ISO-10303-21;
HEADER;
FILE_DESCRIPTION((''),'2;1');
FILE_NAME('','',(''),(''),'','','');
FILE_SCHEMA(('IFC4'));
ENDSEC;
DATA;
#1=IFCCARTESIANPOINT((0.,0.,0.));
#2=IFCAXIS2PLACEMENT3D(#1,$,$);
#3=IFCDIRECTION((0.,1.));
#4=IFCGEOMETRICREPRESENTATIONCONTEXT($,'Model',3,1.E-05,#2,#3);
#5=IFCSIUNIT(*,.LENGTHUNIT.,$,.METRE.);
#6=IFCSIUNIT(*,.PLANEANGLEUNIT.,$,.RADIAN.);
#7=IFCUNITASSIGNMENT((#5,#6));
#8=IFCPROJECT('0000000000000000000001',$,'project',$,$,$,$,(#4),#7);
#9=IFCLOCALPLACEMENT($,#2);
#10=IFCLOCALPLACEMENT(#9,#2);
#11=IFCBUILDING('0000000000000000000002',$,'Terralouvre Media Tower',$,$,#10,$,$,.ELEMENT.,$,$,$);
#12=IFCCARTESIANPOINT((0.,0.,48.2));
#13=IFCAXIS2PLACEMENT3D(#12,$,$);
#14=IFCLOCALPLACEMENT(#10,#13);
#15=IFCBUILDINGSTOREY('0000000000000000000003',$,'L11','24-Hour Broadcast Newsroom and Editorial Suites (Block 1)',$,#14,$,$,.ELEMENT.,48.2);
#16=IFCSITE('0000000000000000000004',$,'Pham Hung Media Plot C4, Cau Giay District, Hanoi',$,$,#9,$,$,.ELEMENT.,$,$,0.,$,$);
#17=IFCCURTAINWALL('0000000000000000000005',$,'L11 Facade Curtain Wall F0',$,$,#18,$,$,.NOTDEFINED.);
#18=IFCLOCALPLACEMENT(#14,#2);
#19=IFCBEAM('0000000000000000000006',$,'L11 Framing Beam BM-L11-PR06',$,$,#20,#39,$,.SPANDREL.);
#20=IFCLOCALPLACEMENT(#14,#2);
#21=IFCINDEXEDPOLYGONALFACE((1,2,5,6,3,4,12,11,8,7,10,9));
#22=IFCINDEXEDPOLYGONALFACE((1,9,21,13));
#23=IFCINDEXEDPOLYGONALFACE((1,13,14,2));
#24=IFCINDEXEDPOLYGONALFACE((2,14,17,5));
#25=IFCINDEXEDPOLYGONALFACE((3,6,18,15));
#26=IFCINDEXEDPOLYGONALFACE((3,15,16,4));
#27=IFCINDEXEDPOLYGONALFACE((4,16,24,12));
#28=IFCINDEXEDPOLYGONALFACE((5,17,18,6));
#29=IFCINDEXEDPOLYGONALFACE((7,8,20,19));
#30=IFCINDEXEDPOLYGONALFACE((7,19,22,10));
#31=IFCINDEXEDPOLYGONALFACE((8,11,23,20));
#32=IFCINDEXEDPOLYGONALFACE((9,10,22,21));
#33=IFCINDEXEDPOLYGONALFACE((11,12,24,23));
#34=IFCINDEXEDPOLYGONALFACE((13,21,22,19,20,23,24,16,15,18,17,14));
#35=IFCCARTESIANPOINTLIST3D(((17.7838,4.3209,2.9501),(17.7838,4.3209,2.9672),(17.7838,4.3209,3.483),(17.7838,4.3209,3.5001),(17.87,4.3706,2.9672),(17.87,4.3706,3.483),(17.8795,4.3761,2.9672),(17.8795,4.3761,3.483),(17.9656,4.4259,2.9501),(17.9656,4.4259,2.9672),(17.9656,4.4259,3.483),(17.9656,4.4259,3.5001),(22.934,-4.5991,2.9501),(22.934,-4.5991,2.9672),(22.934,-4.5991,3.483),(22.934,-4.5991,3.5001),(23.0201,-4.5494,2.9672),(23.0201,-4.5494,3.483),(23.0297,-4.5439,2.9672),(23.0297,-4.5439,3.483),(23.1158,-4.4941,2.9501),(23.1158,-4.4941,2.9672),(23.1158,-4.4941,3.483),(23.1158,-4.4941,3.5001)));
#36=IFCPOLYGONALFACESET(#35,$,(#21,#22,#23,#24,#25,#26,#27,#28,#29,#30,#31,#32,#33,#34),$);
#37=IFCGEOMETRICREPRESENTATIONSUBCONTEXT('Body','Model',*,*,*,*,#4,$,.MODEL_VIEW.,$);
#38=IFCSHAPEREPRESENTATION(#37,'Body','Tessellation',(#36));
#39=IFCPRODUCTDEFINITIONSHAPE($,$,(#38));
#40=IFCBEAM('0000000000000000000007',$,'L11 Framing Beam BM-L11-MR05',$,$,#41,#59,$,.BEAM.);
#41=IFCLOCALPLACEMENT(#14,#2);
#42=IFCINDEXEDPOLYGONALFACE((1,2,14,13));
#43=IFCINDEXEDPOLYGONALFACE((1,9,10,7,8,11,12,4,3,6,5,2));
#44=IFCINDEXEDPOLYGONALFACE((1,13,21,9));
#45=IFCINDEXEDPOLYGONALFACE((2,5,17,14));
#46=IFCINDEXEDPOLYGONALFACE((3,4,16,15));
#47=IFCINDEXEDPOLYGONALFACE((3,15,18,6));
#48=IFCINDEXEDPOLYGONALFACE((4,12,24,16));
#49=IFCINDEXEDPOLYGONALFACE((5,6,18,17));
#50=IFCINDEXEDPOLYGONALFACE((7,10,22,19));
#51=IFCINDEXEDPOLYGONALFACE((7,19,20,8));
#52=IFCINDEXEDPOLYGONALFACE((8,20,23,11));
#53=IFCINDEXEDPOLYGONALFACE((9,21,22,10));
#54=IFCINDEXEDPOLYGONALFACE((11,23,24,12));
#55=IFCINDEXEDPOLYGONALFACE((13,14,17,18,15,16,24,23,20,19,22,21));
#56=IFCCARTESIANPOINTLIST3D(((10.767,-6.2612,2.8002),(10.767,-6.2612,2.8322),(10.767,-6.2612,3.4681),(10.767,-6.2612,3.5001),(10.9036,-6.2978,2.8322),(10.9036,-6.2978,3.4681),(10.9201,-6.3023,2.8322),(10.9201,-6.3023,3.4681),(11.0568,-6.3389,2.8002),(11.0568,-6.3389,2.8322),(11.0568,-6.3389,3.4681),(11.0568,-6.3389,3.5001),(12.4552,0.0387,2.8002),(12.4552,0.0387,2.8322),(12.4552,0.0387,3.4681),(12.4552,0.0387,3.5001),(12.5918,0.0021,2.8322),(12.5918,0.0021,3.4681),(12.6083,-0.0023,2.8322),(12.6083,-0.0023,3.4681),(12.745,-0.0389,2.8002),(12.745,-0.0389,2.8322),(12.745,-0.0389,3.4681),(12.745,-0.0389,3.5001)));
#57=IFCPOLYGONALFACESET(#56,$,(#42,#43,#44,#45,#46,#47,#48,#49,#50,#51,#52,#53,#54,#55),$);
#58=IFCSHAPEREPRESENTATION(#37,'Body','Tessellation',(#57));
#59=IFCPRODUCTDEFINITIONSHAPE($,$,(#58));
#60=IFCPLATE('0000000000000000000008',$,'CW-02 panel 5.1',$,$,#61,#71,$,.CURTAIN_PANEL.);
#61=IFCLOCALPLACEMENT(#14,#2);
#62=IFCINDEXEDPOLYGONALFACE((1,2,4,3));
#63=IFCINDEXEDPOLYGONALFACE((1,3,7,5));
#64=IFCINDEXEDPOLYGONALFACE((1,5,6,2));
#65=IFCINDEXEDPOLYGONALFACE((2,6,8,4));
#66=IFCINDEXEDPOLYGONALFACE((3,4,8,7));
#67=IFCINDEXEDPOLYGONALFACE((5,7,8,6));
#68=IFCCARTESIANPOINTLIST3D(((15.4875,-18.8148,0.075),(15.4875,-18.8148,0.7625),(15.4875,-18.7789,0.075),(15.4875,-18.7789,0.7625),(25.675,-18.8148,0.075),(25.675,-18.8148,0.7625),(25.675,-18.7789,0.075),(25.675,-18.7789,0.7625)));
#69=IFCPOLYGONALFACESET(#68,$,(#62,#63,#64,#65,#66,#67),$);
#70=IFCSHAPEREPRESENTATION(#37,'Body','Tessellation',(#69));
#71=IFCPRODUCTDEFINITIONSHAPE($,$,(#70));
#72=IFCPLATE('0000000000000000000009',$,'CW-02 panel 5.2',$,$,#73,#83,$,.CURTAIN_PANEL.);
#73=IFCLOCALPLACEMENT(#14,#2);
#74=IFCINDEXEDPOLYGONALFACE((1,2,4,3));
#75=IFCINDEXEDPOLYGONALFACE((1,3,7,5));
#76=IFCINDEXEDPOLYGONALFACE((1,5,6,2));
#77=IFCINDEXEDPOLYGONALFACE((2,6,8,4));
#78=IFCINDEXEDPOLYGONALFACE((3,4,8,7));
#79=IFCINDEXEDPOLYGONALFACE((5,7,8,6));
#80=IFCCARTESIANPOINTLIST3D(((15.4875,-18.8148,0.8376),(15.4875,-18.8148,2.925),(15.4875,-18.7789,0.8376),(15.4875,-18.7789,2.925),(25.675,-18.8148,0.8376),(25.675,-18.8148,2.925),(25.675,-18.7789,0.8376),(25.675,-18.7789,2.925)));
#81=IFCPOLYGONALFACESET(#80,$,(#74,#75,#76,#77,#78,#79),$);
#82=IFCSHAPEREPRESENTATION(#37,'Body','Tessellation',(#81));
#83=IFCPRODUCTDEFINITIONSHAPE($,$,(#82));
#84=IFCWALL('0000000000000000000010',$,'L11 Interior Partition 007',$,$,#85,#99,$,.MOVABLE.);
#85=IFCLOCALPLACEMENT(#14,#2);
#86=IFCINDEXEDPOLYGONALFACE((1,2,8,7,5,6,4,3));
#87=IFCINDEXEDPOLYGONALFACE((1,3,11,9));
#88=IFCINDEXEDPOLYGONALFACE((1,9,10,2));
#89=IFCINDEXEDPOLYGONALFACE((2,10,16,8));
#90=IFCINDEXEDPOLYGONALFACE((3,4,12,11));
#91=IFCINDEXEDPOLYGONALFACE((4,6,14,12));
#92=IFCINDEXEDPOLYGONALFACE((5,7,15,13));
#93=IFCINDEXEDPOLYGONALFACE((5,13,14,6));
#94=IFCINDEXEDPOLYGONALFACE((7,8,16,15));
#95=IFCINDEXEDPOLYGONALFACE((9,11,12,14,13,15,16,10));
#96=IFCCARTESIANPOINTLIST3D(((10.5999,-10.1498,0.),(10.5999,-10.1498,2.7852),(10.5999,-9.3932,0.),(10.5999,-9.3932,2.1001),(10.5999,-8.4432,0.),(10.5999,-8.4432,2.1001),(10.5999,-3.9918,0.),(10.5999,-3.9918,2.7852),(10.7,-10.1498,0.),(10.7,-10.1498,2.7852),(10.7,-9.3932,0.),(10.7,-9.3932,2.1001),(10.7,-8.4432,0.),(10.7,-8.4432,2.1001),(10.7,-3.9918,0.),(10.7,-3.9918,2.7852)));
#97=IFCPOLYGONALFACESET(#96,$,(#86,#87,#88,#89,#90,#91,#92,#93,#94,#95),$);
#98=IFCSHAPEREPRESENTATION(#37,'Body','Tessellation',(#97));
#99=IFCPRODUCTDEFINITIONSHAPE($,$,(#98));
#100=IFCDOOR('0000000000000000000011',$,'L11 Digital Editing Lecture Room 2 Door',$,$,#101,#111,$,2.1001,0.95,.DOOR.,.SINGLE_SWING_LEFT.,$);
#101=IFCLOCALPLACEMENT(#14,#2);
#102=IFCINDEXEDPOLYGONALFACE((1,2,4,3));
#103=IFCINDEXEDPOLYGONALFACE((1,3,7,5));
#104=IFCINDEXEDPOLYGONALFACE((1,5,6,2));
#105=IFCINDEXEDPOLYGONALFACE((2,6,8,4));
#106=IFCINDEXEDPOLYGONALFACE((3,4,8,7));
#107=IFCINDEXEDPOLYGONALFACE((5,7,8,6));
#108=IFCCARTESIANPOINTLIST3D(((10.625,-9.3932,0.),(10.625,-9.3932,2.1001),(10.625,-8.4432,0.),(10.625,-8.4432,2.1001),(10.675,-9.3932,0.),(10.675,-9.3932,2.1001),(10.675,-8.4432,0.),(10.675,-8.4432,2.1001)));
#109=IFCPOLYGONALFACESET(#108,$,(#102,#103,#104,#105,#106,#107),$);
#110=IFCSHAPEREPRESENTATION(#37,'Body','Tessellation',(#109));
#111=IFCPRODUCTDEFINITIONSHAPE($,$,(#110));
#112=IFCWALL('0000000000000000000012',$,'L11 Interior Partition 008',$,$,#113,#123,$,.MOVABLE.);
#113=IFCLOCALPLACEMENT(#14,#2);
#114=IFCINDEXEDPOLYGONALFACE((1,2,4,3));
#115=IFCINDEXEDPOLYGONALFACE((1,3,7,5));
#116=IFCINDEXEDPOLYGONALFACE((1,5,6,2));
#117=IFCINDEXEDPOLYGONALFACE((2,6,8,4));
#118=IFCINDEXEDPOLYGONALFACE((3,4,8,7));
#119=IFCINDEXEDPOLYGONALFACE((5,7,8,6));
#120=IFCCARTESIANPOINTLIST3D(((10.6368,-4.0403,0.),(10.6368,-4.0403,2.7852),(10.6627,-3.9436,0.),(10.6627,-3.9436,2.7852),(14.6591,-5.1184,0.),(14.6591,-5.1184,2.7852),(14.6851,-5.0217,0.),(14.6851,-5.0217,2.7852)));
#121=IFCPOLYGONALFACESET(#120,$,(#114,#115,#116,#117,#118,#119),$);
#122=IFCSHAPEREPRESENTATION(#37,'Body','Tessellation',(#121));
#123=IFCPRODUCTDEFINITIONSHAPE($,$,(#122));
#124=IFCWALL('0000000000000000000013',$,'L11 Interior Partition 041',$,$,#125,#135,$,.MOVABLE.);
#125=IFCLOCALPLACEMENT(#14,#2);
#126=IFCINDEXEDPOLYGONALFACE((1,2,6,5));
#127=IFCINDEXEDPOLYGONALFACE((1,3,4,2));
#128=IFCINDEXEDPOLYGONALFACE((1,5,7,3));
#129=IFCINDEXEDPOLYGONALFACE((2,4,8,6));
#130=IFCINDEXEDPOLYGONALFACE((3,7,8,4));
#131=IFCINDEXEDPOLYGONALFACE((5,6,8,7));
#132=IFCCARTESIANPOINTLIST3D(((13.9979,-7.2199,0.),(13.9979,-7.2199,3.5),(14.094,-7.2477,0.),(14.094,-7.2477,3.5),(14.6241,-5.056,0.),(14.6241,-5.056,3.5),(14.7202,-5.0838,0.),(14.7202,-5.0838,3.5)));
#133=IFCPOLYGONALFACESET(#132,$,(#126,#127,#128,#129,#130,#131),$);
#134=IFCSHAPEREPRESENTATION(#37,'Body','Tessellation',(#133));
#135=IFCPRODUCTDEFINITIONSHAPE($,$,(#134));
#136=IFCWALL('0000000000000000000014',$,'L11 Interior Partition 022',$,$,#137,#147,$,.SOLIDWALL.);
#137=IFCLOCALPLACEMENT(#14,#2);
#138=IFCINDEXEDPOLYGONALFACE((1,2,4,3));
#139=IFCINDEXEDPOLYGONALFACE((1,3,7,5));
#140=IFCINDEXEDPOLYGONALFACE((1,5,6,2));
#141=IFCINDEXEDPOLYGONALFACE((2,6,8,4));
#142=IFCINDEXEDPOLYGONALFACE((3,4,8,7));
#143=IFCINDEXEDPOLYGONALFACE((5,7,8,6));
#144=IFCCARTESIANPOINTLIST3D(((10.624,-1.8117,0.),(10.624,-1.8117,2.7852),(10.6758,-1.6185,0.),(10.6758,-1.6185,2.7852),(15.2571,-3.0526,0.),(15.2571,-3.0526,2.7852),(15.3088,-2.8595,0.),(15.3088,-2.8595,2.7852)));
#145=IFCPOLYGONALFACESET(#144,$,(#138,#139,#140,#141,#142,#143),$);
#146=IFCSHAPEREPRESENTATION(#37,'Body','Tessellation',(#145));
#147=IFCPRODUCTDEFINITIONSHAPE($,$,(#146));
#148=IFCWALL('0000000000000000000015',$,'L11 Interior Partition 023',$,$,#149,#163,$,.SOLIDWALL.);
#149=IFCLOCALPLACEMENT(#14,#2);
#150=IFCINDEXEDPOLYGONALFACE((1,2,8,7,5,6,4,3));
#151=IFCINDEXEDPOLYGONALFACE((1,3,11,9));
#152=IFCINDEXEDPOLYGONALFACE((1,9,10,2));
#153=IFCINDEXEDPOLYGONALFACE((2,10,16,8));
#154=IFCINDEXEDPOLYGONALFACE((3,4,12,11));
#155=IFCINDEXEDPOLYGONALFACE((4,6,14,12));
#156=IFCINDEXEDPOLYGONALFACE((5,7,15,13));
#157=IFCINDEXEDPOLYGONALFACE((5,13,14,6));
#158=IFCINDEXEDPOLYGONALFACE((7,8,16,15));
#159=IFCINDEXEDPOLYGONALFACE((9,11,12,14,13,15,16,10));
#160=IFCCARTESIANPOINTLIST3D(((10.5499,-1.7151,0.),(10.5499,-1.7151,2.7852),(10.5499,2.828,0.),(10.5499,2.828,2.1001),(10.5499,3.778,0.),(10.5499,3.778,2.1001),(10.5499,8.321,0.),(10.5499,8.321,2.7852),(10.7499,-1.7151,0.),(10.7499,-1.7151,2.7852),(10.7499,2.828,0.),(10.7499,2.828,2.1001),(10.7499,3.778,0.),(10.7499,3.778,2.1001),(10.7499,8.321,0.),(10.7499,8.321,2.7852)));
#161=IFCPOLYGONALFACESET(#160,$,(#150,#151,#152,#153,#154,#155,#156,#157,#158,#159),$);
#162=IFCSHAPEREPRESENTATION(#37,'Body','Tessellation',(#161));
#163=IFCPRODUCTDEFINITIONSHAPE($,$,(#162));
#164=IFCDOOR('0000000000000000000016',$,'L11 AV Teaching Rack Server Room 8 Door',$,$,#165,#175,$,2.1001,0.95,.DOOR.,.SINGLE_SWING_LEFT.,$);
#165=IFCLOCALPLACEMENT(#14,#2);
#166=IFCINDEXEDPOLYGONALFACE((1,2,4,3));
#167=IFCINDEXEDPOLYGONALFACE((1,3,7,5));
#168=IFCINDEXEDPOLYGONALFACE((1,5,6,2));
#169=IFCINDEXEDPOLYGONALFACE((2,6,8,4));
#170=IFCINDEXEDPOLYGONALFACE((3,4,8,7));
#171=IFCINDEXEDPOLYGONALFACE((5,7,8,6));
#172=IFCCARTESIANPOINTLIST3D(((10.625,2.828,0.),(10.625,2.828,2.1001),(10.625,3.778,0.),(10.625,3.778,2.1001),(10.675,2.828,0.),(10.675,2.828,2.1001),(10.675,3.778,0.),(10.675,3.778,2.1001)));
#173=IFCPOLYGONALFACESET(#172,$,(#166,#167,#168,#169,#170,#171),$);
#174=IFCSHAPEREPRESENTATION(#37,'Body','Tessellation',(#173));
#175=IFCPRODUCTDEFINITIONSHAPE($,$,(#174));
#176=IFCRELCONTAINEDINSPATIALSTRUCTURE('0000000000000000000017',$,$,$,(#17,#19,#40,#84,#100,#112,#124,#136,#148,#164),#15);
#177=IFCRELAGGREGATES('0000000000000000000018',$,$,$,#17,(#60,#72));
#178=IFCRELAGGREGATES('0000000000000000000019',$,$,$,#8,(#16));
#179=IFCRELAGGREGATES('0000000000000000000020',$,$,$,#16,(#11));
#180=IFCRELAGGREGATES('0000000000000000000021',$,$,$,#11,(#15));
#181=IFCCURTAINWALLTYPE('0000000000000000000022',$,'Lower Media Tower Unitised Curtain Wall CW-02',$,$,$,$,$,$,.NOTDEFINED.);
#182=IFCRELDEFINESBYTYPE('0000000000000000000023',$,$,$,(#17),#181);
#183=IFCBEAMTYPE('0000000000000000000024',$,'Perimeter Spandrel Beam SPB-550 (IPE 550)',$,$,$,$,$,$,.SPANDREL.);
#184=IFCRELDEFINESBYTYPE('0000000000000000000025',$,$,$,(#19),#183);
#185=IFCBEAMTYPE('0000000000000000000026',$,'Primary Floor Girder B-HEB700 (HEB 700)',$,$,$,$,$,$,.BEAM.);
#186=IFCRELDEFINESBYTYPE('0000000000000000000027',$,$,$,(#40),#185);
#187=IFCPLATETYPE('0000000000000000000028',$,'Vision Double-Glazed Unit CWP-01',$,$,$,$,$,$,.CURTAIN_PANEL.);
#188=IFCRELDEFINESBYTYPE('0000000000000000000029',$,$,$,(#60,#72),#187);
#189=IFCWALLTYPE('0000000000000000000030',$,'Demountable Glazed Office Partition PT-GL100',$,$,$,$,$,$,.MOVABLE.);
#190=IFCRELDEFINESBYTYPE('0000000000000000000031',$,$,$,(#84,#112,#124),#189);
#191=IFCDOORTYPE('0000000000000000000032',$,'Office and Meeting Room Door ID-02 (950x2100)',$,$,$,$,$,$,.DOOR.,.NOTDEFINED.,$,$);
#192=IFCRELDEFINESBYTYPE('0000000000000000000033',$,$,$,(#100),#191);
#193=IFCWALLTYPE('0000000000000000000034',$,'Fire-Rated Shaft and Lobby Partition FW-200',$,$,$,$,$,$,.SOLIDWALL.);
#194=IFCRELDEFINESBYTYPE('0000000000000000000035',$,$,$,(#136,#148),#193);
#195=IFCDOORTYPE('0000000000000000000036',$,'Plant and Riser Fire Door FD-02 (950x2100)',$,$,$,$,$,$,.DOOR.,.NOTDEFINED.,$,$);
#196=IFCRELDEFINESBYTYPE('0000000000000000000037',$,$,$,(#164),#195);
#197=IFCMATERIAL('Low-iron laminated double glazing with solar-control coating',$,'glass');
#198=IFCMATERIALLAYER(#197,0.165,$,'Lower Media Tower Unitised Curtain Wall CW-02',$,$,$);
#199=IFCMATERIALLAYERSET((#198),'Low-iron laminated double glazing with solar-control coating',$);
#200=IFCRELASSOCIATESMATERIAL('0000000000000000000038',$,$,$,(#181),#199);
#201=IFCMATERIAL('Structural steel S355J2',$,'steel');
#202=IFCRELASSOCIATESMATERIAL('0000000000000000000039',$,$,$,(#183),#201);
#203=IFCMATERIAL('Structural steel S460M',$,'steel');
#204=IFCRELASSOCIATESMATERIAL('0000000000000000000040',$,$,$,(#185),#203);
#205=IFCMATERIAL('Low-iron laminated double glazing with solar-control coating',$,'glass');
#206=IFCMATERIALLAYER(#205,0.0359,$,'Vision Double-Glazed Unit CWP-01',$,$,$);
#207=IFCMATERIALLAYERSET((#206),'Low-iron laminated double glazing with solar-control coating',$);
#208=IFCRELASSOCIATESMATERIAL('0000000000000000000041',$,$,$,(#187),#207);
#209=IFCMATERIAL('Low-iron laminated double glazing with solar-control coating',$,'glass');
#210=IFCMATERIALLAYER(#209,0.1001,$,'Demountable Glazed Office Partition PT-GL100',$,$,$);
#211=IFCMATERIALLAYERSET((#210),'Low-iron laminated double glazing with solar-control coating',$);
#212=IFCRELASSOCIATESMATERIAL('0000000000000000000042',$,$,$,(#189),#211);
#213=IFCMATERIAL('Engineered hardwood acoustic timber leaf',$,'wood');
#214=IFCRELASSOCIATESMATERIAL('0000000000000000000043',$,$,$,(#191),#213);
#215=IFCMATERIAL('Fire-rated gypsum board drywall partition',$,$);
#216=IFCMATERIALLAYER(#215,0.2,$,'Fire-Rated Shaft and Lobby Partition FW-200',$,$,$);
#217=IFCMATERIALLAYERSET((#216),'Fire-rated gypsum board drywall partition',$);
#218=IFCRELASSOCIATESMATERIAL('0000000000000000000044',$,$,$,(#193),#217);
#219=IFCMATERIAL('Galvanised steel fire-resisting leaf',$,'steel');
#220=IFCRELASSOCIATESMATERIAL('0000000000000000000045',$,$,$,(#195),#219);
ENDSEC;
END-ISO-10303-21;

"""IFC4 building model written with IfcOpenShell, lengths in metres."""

from ifc_helpers import new_model, si_unit, direction, frame, frame_2d, origin, origin_2d, place, context, subcontext, project, spatial, rectangle, i_section, extrude, material, layer, layer_set, material_profile, profile_set, type_object, element, fill, aggregate, save


model = new_model("IFC4")

# Units and contexts
model_context = context("Model", 3, precision=1e-05, world=origin(), true_north=direction((0.0, 1.0)))
body_context = subcontext(model_context, "Body", "Model", "MODEL_VIEW")
ifc_project = project(units=[si_unit("LENGTHUNIT", "METRE"), si_unit("PLANEANGLEUNIT", "RADIAN")], contexts=[model_context])

# Site, building, storey
site_placement = place(None, origin())
site = spatial("IfcSite", under=ifc_project, at=site_placement, Name="Pham Hung Media Plot C4, Cau Giay District, Hanoi", CompositionType="ELEMENT", RefElevation=0.0)
building_placement = place(site_placement, origin())
building = spatial("IfcBuilding", under=site, at=building_placement, Name="Terralouvre Media Tower", CompositionType="ELEMENT")
storey_placement = place(building_placement, frame((0.0, 0.0, 48.2)))
storey = spatial("IfcBuildingStorey", under=building, at=storey_placement, Name="L11", Description="24-Hour Broadcast Newsroom and Editorial Suites (Block 1)", CompositionType="ELEMENT", Elevation=48.2)

# Curtain wall
ifc_material_1 = material(Name="Low-iron laminated double glazing with solar-control coating", Category="glass")
ifc_layer_1 = layer(ifc_material_1, 0.165, Name="Lower Media Tower Unitised Curtain Wall CW-02")
ifc_layer_set_1 = layer_set([ifc_layer_1], Name="Low-iron laminated double glazing with solar-control coating")
curtain_wall_type = type_object("IfcCurtainWallType", Name="Lower Media Tower Unitised Curtain Wall CW-02", PredefinedType="NOTDEFINED", material=ifc_layer_set_1)
curtain_wall_1_placement = place(storey_placement, origin())
curtain_wall_1 = element("IfcCurtainWall", 1, at=curtain_wall_1_placement, inside=storey, type_object=curtain_wall_type, Name="L11 Facade Curtain Wall F0", PredefinedType="NOTDEFINED")

# Beams
ifc_material_2 = material(Name="Structural steel S355J2", Category="steel")
ifc_material_profile_1 = material_profile(ifc_material_2, i_section(OverallWidth=0.21, OverallDepth=0.55, WebThickness=0.011, FlangeThickness=0.0171, at=origin_2d()), Name="IPE 550")
ifc_profile_set_1 = profile_set([ifc_material_profile_1], Name="Structural steel S355J2")
beam_type_1 = type_object("IfcBeamType", Name="Perimeter Spandrel Beam SPB-550 (IPE 550)", PredefinedType="SPANDREL", material=ifc_profile_set_1)
beam_1_placement = place(storey_placement, frame((23.0249, -4.5466, 3.2251), z_axis=(-0.500017, 0.866016, 0.0), x_axis=(-0.866016, -0.500017, 0.0)))
element("IfcBeam", 2, at=beam_1_placement, inside=storey, type_object=beam_type_1, Name="L11 Framing Beam BM-L11-PR06", PredefinedType="SPANDREL", context=body_context, shape_type="SweptSolid", body=[
    extrude(i_section(OverallWidth=0.21, OverallDepth=0.55, WebThickness=0.011, FlangeThickness=0.0171, at=origin_2d()), origin(), (0.0, 0.0, 1.0), 10.3),
])
ifc_material_3 = material(Name="Structural steel S460M", Category="steel")
ifc_material_profile_2 = material_profile(ifc_material_3, i_section(OverallWidth=0.3, OverallDepth=0.7, WebThickness=0.0171, FlangeThickness=0.032, at=origin_2d()), Name="HEB 700")
ifc_profile_set_2 = profile_set([ifc_material_profile_2], Name="Structural steel S460M")
beam_type_2 = type_object("IfcBeamType", Name="Primary Floor Girder B-HEB700 (HEB 700)", PredefinedType="BEAM", material=ifc_profile_set_2)
beam_2_placement = place(storey_placement, frame((10.9119, -6.3, 3.1501), z_axis=(0.258839, 0.96592, 0.0), x_axis=(-0.96592, 0.258839, 0.0)))
element("IfcBeam", 3, at=beam_2_placement, inside=storey, type_object=beam_type_2, Name="L11 Framing Beam BM-L11-MR05", PredefinedType="BEAM", context=body_context, shape_type="SweptSolid", body=[
    extrude(i_section(OverallWidth=0.3, OverallDepth=0.7, WebThickness=0.0171, FlangeThickness=0.032, at=origin_2d()), origin(), (0.0, 0.0, 1.0), 6.5222),
])

# Plates
ifc_material_4 = material(Name="Low-iron laminated double glazing with solar-control coating", Category="glass")
ifc_layer_2 = layer(ifc_material_4, 0.0359, Name="Vision Double-Glazed Unit CWP-01")
ifc_layer_set_2 = layer_set([ifc_layer_2], Name="Low-iron laminated double glazing with solar-control coating")
plate_type = type_object("IfcPlateType", Name="Vision Double-Glazed Unit CWP-01", PredefinedType="CURTAIN_PANEL", material=ifc_layer_set_2)
plate_1_placement = place(storey_placement, frame((20.5813, -18.7969, 0.075), z_axis=(0.0, 0.0, 1.0), x_axis=(1.0, 0.0, 0.0)))
plate_1 = element("IfcPlate", 4, at=plate_1_placement, type_object=plate_type, Name="CW-02 panel 5.1", PredefinedType="CURTAIN_PANEL", context=body_context, shape_type="SweptSolid", body=[
    extrude(rectangle(XDim=10.1875, YDim=0.0359, at=origin_2d()), origin(), (0.0, 0.0, 1.0), 0.6875),
])
plate_2_placement = place(storey_placement, frame((20.5813, -18.7969, 0.8376), z_axis=(0.0, 0.0, 1.0), x_axis=(1.0, 0.0, 0.0)))
plate_2 = element("IfcPlate", 5, at=plate_2_placement, type_object=plate_type, Name="CW-02 panel 5.2", PredefinedType="CURTAIN_PANEL", context=body_context, shape_type="SweptSolid", body=[
    extrude(rectangle(XDim=10.1875, YDim=0.0359, at=origin_2d()), origin(), (0.0, 0.0, 1.0), 2.0874),
])
aggregate(curtain_wall_1, [plate_1, plate_2])

# Wall, opening, door
ifc_material_5 = material(Name="Low-iron laminated double glazing with solar-control coating", Category="glass")
ifc_layer_3 = layer(ifc_material_5, 0.1001, Name="Demountable Glazed Office Partition PT-GL100")
ifc_layer_set_3 = layer_set([ifc_layer_3], Name="Low-iron laminated double glazing with solar-control coating")
wall_type_1 = type_object("IfcWallType", Name="Demountable Glazed Office Partition PT-GL100", PredefinedType="MOVABLE", material=ifc_layer_set_3)
wall_1_placement = place(storey_placement, frame((10.6499, -10.1499, 0.0), z_axis=(0.0, 0.0, 1.0), x_axis=(0.0, 1.0, 0.0)))
wall_1 = element("IfcWall", 6, at=wall_1_placement, inside=storey, type_object=wall_type_1, Name="L11 Interior Partition 007", PredefinedType="MOVABLE", context=body_context, shape_type="SweptSolid", body=[
    extrude(rectangle(XDim=6.158, YDim=0.1001, at=frame_2d((3.0791, 0.0))), origin(), (0.0, 0.0, 1.0), 2.7852),
])
opening_1_placement = place(wall_1_placement, frame((0.7566, 0.0, 0.0)))
opening_1 = element("IfcOpeningElement", 7, at=opening_1_placement, cuts=wall_1, PredefinedType="OPENING", context=body_context, shape_type="SweptSolid", body=[
    extrude(rectangle(XDim=0.95, YDim=2.1001, at=frame_2d((0.4751, 1.05))), frame((0.0, 0.0601, 0.0), z_axis=(0.0, -1.0, 0.0), x_axis=(1.0, 0.0, 0.0)), (0.0, 0.0, 1.0), 0.1201),
])
ifc_material_6 = material(Name="Engineered hardwood acoustic timber leaf", Category="wood")
door_type_1 = type_object("IfcDoorType", Name="Office and Meeting Room Door ID-02 (950x2100)", OperationType="NOTDEFINED", PredefinedType="DOOR", material=ifc_material_6)
door_1_placement = place(opening_1_placement, origin())
door_1 = element("IfcDoor", 8, at=door_1_placement, inside=storey, type_object=door_type_1, Name="L11 Digital Editing Lecture Room 2 Door", OperationType="SINGLE_SWING_LEFT", OverallHeight=2.1001, OverallWidth=0.95, PredefinedType="DOOR", context=body_context, shape_type="SweptSolid", body=[
    extrude(rectangle(XDim=0.95, YDim=2.1001, at=frame_2d((0.4751, 1.05))), frame((0.0, 0.0249, 0.0), z_axis=(0.0, -1.0, 0.0), x_axis=(1.0, 0.0, 0.0)), (0.0, 0.0, 1.0), 0.05),
])
fill(opening_1, door_1)

# Walls
wall_2_placement = place(storey_placement, frame((10.6499, -3.9919, 0.0), z_axis=(0.0, 0.0, 1.0), x_axis=(0.965903, -0.258903, 0.0)))
element("IfcWall", 9, at=wall_2_placement, inside=storey, type_object=wall_type_1, Name="L11 Interior Partition 008", PredefinedType="MOVABLE", context=body_context, shape_type="SweptSolid", body=[
    extrude(rectangle(XDim=4.1643, YDim=0.1001, at=frame_2d((2.082, 0.0))), origin(), (0.0, 0.0, 1.0), 2.7852),
])
wall_3_placement = place(storey_placement, frame((14.0459, -7.2339, 0.0), z_axis=(0.0, 0.0, 1.0), x_axis=(0.277998, 0.960582, 0.0)))
element("IfcWall", 10, at=wall_3_placement, inside=storey, type_object=wall_type_1, Name="L11 Interior Partition 041", PredefinedType="MOVABLE", context=body_context, shape_type="SweptSolid", body=[
    extrude(rectangle(XDim=2.2527, YDim=0.1001, at=frame_2d((1.1265, 0.0))), origin(), (0.0, 0.0, 1.0), 3.5),
])
ifc_material_7 = material(Name="Fire-rated gypsum board drywall partition")
ifc_layer_4 = layer(ifc_material_7, 0.2, Name="Fire-Rated Shaft and Lobby Partition FW-200")
ifc_layer_set_4 = layer_set([ifc_layer_4], Name="Fire-rated gypsum board drywall partition")
wall_type_2 = type_object("IfcWallType", Name="Fire-Rated Shaft and Lobby Partition FW-200", PredefinedType="SOLIDWALL", material=ifc_layer_set_4)
wall_4_placement = place(storey_placement, frame((15.283, -2.9561, 0.0), z_axis=(0.0, 0.0, 1.0), x_axis=(-0.96595, 0.25873, 0.0)))
element("IfcWall", 11, at=wall_4_placement, inside=storey, type_object=wall_type_2, Name="L11 Interior Partition 022", PredefinedType="SOLIDWALL", context=body_context, shape_type="SweptSolid", body=[
    extrude(rectangle(XDim=4.7964, YDim=0.2, at=frame_2d((2.3982, 0.0))), origin(), (0.0, 0.0, 1.0), 2.7852),
])

# Wall, opening, door
wall_5_placement = place(storey_placement, frame((10.6499, -1.7151, 0.0), z_axis=(0.0, 0.0, 1.0), x_axis=(0.0, 1.0, 0.0)))
wall_5 = element("IfcWall", 12, at=wall_5_placement, inside=storey, type_object=wall_type_2, Name="L11 Interior Partition 023", PredefinedType="SOLIDWALL", context=body_context, shape_type="SweptSolid", body=[
    extrude(rectangle(XDim=10.0361, YDim=0.2, at=frame_2d((5.0181, 0.0))), origin(), (0.0, 0.0, 1.0), 2.7852),
])
opening_2_placement = place(wall_5_placement, frame((4.543, 0.0, 0.0)))
opening_2 = element("IfcOpeningElement", 13, at=opening_2_placement, cuts=wall_5, PredefinedType="OPENING", context=body_context, shape_type="SweptSolid", body=[
    extrude(rectangle(XDim=0.95, YDim=2.1001, at=frame_2d((0.4751, 1.05))), frame((0.0, 0.1099, 0.0), z_axis=(0.0, -1.0, 0.0), x_axis=(1.0, 0.0, 0.0)), (0.0, 0.0, 1.0), 0.22),
])
ifc_material_8 = material(Name="Galvanised steel fire-resisting leaf", Category="steel")
door_type_2 = type_object("IfcDoorType", Name="Plant and Riser Fire Door FD-02 (950x2100)", OperationType="NOTDEFINED", PredefinedType="DOOR", material=ifc_material_8)
door_2_placement = place(opening_2_placement, origin())
door_2 = element("IfcDoor", 14, at=door_2_placement, inside=storey, type_object=door_type_2, Name="L11 AV Teaching Rack Server Room 8 Door", OperationType="SINGLE_SWING_LEFT", OverallHeight=2.1001, OverallWidth=0.95, PredefinedType="DOOR", context=body_context, shape_type="SweptSolid", body=[
    extrude(rectangle(XDim=0.95, YDim=2.1001, at=frame_2d((0.4751, 1.05))), frame((0.0, 0.0249, 0.0), z_axis=(0.0, -1.0, 0.0), x_axis=(1.0, 0.0, 0.0)), (0.0, 0.0, 1.0), 0.05),
])
fill(opening_2, door_2)

save(model, "model.ifc")
